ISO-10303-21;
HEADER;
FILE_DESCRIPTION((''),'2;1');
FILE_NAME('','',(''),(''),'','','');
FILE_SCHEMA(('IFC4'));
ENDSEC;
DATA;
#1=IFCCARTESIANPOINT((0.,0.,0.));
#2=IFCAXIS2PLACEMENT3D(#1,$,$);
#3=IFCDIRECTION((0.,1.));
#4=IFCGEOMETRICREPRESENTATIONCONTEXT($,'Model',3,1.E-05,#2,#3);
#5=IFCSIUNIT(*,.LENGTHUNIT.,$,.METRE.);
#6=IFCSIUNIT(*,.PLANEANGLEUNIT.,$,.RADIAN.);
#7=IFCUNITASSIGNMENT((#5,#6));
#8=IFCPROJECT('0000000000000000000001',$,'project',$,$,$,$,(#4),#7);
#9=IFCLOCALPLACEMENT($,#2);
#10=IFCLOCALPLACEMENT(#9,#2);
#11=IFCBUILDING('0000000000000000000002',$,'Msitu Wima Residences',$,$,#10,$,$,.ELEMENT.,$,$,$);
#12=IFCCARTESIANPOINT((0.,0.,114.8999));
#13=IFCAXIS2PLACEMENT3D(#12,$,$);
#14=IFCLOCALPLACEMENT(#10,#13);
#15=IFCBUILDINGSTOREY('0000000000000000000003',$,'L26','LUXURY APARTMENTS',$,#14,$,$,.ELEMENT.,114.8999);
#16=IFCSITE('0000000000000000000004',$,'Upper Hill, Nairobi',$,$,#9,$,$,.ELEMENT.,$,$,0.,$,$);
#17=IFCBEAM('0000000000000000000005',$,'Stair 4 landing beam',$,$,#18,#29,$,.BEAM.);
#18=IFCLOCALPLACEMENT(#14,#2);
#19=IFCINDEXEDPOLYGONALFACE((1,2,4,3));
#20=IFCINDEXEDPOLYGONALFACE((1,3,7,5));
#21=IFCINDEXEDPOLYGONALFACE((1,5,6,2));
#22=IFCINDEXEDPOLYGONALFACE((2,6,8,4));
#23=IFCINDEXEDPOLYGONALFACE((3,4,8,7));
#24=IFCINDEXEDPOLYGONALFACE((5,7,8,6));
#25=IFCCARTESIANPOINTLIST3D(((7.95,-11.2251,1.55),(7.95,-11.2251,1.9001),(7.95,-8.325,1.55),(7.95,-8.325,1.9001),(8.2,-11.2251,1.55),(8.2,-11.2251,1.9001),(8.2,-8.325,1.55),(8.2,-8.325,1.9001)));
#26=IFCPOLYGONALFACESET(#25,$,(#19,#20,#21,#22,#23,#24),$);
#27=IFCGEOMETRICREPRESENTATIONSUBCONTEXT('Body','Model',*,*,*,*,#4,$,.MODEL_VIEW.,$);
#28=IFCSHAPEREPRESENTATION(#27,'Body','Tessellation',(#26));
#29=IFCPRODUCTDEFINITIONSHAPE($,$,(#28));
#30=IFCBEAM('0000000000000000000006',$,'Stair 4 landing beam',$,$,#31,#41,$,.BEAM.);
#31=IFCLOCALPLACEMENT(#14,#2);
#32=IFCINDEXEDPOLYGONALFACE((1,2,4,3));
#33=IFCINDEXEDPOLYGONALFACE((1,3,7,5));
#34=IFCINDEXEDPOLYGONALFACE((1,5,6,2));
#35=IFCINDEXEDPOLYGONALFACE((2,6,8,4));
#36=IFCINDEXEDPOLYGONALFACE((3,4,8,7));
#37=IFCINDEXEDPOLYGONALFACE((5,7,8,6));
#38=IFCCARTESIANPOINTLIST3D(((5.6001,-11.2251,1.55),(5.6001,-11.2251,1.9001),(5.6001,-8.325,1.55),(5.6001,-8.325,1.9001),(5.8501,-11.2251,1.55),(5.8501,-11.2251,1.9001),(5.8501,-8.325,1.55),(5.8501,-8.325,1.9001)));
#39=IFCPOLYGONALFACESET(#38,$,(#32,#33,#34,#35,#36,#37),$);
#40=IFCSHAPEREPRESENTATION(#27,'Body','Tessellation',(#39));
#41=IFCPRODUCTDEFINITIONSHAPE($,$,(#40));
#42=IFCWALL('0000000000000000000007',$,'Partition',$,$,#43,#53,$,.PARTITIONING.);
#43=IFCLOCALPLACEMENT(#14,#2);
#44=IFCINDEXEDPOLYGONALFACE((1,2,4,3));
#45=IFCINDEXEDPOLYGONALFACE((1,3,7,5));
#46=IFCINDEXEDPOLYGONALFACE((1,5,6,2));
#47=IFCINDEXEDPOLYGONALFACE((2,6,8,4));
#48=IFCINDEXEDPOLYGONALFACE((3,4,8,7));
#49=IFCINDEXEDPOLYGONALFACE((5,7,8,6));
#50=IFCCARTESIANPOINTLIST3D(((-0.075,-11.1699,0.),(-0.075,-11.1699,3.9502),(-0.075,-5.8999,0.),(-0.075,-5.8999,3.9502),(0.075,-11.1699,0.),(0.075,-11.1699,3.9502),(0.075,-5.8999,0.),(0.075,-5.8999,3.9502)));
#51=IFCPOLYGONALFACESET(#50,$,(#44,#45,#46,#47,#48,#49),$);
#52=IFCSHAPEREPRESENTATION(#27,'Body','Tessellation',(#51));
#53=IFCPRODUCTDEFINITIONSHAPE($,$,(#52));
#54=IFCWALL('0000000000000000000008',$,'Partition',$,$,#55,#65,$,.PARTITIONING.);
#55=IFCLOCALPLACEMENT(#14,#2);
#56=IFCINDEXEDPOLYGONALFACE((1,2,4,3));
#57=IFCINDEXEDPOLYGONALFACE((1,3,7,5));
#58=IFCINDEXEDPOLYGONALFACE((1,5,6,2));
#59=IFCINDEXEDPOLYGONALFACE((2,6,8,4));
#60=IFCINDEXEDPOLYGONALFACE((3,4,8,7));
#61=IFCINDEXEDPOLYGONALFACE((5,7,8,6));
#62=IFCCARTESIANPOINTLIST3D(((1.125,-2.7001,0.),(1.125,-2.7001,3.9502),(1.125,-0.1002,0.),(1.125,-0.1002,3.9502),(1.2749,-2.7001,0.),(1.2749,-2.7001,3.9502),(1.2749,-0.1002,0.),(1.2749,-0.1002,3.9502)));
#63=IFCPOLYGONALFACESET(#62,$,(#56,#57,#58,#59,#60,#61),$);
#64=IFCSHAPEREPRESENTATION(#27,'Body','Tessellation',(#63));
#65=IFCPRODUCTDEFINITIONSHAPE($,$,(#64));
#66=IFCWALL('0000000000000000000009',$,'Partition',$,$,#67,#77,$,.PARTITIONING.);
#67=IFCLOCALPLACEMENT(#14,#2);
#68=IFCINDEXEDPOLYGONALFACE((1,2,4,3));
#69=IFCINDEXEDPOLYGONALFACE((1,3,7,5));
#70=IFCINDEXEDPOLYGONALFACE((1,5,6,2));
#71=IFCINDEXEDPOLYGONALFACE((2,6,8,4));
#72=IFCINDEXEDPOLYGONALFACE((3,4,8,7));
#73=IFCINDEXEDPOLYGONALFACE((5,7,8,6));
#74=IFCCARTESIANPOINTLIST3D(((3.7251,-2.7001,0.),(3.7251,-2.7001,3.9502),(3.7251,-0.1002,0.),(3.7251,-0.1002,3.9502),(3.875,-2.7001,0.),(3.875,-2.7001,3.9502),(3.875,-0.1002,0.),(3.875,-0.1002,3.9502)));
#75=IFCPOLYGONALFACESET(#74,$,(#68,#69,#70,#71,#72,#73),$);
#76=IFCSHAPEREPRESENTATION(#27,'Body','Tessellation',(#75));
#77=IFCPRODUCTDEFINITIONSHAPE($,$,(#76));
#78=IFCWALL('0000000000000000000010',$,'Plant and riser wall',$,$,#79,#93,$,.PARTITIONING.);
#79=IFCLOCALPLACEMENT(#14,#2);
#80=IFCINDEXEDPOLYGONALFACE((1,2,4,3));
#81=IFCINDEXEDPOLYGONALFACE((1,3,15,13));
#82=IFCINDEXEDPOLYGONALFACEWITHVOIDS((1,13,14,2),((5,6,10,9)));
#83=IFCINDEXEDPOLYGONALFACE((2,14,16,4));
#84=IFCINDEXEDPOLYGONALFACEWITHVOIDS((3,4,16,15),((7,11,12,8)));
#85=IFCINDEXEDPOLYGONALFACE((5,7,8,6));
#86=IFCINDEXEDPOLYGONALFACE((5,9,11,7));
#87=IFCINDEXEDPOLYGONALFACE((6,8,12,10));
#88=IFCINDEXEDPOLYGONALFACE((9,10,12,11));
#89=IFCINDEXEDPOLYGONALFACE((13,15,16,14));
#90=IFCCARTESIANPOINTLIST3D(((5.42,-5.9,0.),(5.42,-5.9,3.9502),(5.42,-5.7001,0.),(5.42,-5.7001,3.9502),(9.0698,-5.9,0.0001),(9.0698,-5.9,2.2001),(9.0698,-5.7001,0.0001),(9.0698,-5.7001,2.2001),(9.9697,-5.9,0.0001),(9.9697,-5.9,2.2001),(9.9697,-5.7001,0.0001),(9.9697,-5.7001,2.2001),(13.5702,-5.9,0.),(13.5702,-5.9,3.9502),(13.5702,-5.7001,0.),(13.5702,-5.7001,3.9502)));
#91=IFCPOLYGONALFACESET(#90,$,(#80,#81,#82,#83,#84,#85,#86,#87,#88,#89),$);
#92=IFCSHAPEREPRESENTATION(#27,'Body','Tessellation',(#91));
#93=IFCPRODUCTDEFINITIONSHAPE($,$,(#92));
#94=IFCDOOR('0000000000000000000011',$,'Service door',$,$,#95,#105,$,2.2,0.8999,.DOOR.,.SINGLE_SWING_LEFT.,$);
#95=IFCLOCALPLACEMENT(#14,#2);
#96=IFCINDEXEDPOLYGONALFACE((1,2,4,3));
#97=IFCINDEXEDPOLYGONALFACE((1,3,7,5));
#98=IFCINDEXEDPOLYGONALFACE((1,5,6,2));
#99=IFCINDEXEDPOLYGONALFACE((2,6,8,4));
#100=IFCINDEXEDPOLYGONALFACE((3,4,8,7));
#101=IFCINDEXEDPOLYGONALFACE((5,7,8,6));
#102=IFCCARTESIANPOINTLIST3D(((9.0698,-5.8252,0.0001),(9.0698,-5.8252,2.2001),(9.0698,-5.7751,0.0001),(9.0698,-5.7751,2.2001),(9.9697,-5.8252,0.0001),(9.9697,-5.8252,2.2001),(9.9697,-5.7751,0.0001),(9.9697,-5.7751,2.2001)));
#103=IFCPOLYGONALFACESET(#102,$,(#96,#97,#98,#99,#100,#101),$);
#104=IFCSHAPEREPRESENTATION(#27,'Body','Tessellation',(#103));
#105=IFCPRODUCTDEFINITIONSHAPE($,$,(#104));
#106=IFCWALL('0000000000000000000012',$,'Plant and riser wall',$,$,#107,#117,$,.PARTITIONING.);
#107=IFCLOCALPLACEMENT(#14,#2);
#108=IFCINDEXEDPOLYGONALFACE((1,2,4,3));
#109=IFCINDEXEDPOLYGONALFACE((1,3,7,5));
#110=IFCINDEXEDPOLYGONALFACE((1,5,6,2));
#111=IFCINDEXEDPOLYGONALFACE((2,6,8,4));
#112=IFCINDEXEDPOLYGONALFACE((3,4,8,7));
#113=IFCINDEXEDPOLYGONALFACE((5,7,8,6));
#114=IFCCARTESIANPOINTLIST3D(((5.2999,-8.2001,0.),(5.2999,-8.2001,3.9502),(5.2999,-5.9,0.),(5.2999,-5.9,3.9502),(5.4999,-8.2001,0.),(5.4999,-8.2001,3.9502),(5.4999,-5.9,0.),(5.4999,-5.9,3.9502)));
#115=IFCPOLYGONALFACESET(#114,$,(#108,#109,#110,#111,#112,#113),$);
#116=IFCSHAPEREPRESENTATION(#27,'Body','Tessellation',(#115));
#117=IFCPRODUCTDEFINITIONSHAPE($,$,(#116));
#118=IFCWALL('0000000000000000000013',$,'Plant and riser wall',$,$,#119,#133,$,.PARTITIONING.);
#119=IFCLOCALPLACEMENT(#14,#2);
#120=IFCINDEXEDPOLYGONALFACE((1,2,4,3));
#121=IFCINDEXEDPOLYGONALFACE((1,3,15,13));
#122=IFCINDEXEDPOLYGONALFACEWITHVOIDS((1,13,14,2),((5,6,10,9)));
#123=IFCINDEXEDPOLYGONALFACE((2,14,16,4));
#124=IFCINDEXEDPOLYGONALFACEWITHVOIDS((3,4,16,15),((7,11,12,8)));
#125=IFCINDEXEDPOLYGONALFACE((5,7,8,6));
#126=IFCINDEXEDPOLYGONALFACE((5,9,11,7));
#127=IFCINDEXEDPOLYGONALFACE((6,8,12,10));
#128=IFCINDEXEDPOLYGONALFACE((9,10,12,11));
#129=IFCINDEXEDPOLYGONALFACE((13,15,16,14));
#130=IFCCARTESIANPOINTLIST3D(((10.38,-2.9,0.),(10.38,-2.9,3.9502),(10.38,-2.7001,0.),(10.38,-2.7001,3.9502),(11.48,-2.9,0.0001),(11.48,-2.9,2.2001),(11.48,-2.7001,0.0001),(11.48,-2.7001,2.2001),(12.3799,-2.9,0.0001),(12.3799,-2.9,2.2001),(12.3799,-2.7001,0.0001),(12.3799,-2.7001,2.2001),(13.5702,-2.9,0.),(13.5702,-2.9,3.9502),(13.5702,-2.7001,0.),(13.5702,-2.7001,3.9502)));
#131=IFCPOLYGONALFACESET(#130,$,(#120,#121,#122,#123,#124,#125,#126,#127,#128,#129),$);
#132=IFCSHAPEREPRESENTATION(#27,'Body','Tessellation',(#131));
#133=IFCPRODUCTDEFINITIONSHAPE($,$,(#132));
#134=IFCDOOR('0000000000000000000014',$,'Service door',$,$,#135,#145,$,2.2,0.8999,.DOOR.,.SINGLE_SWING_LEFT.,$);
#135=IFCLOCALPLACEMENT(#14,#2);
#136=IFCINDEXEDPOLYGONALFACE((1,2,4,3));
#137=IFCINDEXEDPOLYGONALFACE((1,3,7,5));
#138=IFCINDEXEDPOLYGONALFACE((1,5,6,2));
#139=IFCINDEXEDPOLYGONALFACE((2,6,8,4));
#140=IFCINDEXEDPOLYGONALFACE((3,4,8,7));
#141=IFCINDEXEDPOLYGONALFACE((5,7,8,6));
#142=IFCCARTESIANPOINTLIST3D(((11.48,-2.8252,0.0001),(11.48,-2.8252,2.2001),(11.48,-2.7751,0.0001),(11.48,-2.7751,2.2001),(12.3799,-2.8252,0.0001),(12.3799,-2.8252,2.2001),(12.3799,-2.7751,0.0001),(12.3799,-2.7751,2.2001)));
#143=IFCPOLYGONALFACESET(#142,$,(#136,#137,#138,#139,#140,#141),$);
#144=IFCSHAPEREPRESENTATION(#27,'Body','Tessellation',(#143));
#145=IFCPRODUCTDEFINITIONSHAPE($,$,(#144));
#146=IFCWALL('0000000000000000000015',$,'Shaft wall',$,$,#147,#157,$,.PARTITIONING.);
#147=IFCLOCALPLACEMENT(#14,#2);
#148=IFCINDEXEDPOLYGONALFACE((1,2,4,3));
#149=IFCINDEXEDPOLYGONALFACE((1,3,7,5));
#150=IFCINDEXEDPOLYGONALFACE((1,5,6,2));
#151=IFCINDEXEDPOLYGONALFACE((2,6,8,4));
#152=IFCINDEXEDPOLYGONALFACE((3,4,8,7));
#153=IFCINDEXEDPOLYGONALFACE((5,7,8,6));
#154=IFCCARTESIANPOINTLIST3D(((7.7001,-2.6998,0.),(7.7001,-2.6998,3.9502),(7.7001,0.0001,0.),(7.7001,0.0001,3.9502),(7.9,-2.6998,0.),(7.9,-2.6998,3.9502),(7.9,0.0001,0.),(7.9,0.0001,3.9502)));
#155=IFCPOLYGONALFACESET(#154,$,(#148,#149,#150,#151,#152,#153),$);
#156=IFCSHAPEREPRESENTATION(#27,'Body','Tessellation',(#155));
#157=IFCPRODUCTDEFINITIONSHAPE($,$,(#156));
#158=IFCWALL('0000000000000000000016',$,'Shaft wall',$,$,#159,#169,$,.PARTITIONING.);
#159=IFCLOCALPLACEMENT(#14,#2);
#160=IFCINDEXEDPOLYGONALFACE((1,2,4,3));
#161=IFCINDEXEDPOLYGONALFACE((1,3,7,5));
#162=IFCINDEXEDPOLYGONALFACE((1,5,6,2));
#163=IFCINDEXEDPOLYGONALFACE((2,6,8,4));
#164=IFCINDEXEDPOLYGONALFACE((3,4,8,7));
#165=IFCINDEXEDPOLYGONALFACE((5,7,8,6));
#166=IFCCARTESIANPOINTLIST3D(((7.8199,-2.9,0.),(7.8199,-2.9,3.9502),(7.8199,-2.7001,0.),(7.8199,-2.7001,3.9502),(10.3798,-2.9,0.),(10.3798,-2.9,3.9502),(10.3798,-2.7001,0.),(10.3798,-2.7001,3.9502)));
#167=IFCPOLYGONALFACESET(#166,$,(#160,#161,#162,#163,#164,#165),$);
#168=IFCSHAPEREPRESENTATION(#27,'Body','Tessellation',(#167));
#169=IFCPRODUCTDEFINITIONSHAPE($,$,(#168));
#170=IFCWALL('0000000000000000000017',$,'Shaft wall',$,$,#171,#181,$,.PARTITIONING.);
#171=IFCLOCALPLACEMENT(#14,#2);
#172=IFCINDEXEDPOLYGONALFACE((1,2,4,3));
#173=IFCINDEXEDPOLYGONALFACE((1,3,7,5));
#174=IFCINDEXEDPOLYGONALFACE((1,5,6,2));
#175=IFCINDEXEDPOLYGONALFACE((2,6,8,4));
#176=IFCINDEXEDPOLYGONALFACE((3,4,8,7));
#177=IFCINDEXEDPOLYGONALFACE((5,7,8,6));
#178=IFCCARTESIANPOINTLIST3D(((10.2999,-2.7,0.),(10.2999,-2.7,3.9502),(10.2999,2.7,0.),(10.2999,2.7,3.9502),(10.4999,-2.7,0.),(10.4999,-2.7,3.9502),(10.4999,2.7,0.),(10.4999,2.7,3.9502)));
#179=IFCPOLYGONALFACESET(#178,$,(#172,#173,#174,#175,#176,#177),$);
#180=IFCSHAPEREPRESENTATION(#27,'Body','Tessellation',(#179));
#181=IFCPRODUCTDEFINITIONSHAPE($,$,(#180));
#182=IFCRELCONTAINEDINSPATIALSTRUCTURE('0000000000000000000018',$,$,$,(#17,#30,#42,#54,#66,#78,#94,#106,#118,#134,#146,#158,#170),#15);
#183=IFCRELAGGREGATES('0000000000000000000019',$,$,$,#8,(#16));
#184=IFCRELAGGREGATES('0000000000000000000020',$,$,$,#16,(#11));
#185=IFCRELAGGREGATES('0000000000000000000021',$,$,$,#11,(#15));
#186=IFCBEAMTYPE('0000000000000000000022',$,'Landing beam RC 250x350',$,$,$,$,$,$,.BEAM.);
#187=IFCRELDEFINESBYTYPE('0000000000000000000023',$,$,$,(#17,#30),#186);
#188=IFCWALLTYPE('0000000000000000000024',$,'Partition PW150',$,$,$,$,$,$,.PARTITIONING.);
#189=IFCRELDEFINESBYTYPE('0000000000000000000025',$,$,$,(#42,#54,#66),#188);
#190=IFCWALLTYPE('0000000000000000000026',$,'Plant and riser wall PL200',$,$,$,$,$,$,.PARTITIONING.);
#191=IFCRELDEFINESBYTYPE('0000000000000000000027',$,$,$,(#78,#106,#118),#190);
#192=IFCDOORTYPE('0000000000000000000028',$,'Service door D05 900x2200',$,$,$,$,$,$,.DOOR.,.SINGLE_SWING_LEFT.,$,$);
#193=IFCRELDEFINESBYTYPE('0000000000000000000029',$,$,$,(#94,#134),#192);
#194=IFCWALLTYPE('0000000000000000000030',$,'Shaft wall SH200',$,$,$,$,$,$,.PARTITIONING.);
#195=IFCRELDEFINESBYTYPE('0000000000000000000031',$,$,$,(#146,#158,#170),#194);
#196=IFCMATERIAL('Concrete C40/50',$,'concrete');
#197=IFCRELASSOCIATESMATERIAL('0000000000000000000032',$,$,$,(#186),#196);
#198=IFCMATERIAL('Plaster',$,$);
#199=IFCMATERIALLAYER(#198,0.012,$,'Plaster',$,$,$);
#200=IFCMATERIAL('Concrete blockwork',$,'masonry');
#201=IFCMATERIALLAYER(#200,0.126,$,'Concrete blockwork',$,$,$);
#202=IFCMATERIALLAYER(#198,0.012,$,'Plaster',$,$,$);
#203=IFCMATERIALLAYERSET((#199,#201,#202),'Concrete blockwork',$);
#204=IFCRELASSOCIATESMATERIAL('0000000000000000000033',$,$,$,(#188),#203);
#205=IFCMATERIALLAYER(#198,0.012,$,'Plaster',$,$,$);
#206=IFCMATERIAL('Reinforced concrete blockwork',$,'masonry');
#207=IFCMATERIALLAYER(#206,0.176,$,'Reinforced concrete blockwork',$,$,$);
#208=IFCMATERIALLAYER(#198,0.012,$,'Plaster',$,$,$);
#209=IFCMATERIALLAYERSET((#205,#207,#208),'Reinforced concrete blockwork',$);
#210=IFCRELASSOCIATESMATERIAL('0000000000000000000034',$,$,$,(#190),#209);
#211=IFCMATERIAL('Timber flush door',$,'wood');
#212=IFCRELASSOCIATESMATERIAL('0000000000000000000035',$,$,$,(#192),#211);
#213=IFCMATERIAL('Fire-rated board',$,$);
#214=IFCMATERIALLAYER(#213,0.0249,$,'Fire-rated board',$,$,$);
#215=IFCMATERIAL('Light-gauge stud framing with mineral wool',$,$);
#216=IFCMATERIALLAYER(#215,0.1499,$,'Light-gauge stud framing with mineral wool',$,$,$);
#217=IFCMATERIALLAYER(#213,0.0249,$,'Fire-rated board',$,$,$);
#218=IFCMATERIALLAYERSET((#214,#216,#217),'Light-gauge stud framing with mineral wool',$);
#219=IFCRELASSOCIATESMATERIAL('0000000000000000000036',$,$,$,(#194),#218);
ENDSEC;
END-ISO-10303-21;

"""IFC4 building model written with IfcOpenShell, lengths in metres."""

from ifc_helpers import new_model, si_unit, direction, frame, frame_2d, origin, origin_2d, place, context, subcontext, project, spatial, rectangle, extrude, material, layer, layer_set, material_profile, profile_set, type_object, element, fill, save


model = new_model("IFC4")

# Units and contexts
model_context = context("Model", 3, precision=1e-05, world=origin(), true_north=direction((0.0, 1.0)))
body_context = subcontext(model_context, "Body", "Model", "MODEL_VIEW")
ifc_project = project(units=[si_unit("LENGTHUNIT", "METRE"), si_unit("PLANEANGLEUNIT", "RADIAN")], contexts=[model_context])

# Site, building, storey
site_placement = place(None, origin())
site = spatial("IfcSite", under=ifc_project, at=site_placement, Name="Upper Hill, Nairobi", CompositionType="ELEMENT", RefElevation=0.0)
building_placement = place(site_placement, origin())
building = spatial("IfcBuilding", under=site, at=building_placement, Name="Msitu Wima Residences", CompositionType="ELEMENT")
storey_placement = place(building_placement, frame((0.0, 0.0, 114.8999)))
storey = spatial("IfcBuildingStorey", under=building, at=storey_placement, Name="L26", Description="LUXURY APARTMENTS", CompositionType="ELEMENT", Elevation=114.8999)

# Beams
ifc_material_1 = material(Name="Concrete C40/50", Category="concrete")
ifc_material_profile = material_profile(ifc_material_1, rectangle(XDim=0.25, YDim=0.3501, at=origin_2d()), Name="RC 250x350")
ifc_profile_set = profile_set([ifc_material_profile], Name="Concrete C40/50")
beam_type = type_object("IfcBeamType", Name="Landing beam RC 250x350", PredefinedType="BEAM", material=ifc_profile_set)
for number, where, z_axis, x_axis, name in (
    (1, (8.075, -11.2251, 1.7251), (0.0, 1.0, 0.0), (-1.0, 0.0, 0.0), "Stair 4 landing beam"),
    (2, (5.7251, -11.2251, 1.7251), (0.0, 1.0, 0.0), (-1.0, 0.0, 0.0), "Stair 4 landing beam"),
):
    element("IfcBeam", number, at=place(storey_placement, frame(where, z_axis=z_axis, x_axis=x_axis)), inside=storey, type_object=beam_type, Name=name, PredefinedType="BEAM", context=body_context, shape_type="SweptSolid", body=[
        extrude(rectangle(XDim=0.25, YDim=0.3501, at=origin_2d()), origin(), (0.0, 0.0, 1.0), 2.9001),
    ])

# Walls
ifc_material_2 = material(Name="Plaster")
ifc_layer_1 = layer(ifc_material_2, 0.012, Name="Plaster")
ifc_material_3 = material(Name="Concrete blockwork", Category="masonry")
ifc_layer_2 = layer(ifc_material_3, 0.126, Name="Concrete blockwork")
ifc_layer_3 = layer(ifc_material_2, 0.012, Name="Plaster")
ifc_layer_set_1 = layer_set([ifc_layer_1, ifc_layer_2, ifc_layer_3], Name="Concrete blockwork")
wall_type_1 = type_object("IfcWallType", Name="Partition PW150", PredefinedType="PARTITIONING", material=ifc_layer_set_1)
wall_1_placement = place(storey_placement, frame((0.0, -11.1699, 0.0), z_axis=(0.0, 0.0, 1.0), x_axis=(0.0, 1.0, 0.0)))
element("IfcWall", 3, at=wall_1_placement, inside=storey, type_object=wall_type_1, Name="Partition", PredefinedType="PARTITIONING", context=body_context, shape_type="SweptSolid", body=[
    extrude(rectangle(XDim=5.27, YDim=0.1499, at=frame_2d((2.635, 0.0))), origin(), (0.0, 0.0, 1.0), 3.9502),
])
for number, where, z_axis, x_axis, name in (
    (4, (1.2, -2.7, 0.0), (0.0, 0.0, 1.0), (0.0, 1.0, 0.0), "Partition"),
    (5, (3.8, -2.7, 0.0), (0.0, 0.0, 1.0), (0.0, 1.0, 0.0), "Partition"),
):
    element("IfcWall", number, at=place(storey_placement, frame(where, z_axis=z_axis, x_axis=x_axis)), inside=storey, type_object=wall_type_1, Name=name, PredefinedType="PARTITIONING", context=body_context, shape_type="SweptSolid", body=[
        extrude(rectangle(XDim=2.5999, YDim=0.1499, at=frame_2d((1.2998, 0.0))), origin(), (0.0, 0.0, 1.0), 3.9502),
    ])

# Wall, opening, door
ifc_layer_4 = layer(ifc_material_2, 0.012, Name="Plaster")
ifc_material_4 = material(Name="Reinforced concrete blockwork", Category="masonry")
ifc_layer_5 = layer(ifc_material_4, 0.176, Name="Reinforced concrete blockwork")
ifc_layer_6 = layer(ifc_material_2, 0.012, Name="Plaster")
ifc_layer_set_2 = layer_set([ifc_layer_4, ifc_layer_5, ifc_layer_6], Name="Reinforced concrete blockwork")
wall_type_2 = type_object("IfcWallType", Name="Plant and riser wall PL200", PredefinedType="PARTITIONING", material=ifc_layer_set_2)
wall_2_placement = place(storey_placement, frame((5.4199, -5.8, 0.0), z_axis=(0.0, 0.0, 1.0), x_axis=(1.0, 0.0, 0.0)))
wall_2 = element("IfcWall", 6, at=wall_2_placement, inside=storey, type_object=wall_type_2, Name="Plant and riser wall", PredefinedType="PARTITIONING", context=body_context, shape_type="SweptSolid", body=[
    extrude(rectangle(XDim=8.1501, YDim=0.2, at=frame_2d((4.0752, 0.0))), origin(), (0.0, 0.0, 1.0), 3.9502),
])
opening_1_placement = place(wall_2_placement, frame((3.6499, 0.0, 0.0)))
opening_1 = element("IfcOpeningElement", 7, at=opening_1_placement, cuts=wall_2, PredefinedType="OPENING", context=body_context, shape_type="SweptSolid", body=[
    extrude(rectangle(XDim=0.8999, YDim=2.2, at=frame_2d((0.45, 1.1001))), frame((0.0, 0.1099, 0.0), z_axis=(0.0, -1.0, 0.0), x_axis=(1.0, 0.0, 0.0)), (0.0, 0.0, 1.0), 0.22),
])
ifc_material_5 = material(Name="Timber flush door", Category="wood")
door_type = type_object("IfcDoorType", Name="Service door D05 900x2200", OperationType="SINGLE_SWING_LEFT", PredefinedType="DOOR", material=ifc_material_5)
door_1_placement = place(opening_1_placement, origin())
door_1 = element("IfcDoor", 8, at=door_1_placement, inside=storey, type_object=door_type, Name="Service door", OperationType="SINGLE_SWING_LEFT", OverallHeight=2.2, OverallWidth=0.8999, PredefinedType="DOOR", context=body_context, shape_type="SweptSolid", body=[
    extrude(rectangle(XDim=0.8999, YDim=2.2, at=frame_2d((0.45, 1.1001))), frame((0.0, 0.0249, 0.0), z_axis=(0.0, -1.0, 0.0), x_axis=(1.0, 0.0, 0.0)), (0.0, 0.0, 1.0), 0.05),
])
fill(opening_1, door_1)

# Wall
wall_3_placement = place(storey_placement, frame((5.3999, -8.2, 0.0), z_axis=(0.0, 0.0, 1.0), x_axis=(0.0, 1.0, 0.0)))
element("IfcWall", 9, at=wall_3_placement, inside=storey, type_object=wall_type_2, Name="Plant and riser wall", PredefinedType="PARTITIONING", context=body_context, shape_type="SweptSolid", body=[
    extrude(rectangle(XDim=2.3, YDim=0.2, at=frame_2d((1.1499, 0.0))), origin(), (0.0, 0.0, 1.0), 3.9502),
])

# Wall, opening, door
wall_4_placement = place(storey_placement, frame((10.3799, -2.8, 0.0), z_axis=(0.0, 0.0, 1.0), x_axis=(1.0, 0.0, 0.0)))
wall_4 = element("IfcWall", 10, at=wall_4_placement, inside=storey, type_object=wall_type_2, Name="Plant and riser wall", PredefinedType="PARTITIONING", context=body_context, shape_type="SweptSolid", body=[
    extrude(rectangle(XDim=3.1902, YDim=0.2, at=frame_2d((1.5952, 0.0))), origin(), (0.0, 0.0, 1.0), 3.9502),
])
opening_2_placement = place(wall_4_placement, frame((1.1001, 0.0, 0.0)))
opening_2 = element("IfcOpeningElement", 11, at=opening_2_placement, cuts=wall_4, PredefinedType="OPENING", context=body_context, shape_type="SweptSolid", body=[
    extrude(rectangle(XDim=0.8999, YDim=2.2, at=frame_2d((0.45, 1.1001))), frame((0.0, 0.1099, 0.0), z_axis=(0.0, -1.0, 0.0), x_axis=(1.0, 0.0, 0.0)), (0.0, 0.0, 1.0), 0.22),
])
door_2_placement = place(opening_2_placement, origin())
door_2 = element("IfcDoor", 12, at=door_2_placement, inside=storey, type_object=door_type, Name="Service door", OperationType="SINGLE_SWING_LEFT", OverallHeight=2.2, OverallWidth=0.8999, PredefinedType="DOOR", context=body_context, shape_type="SweptSolid", body=[
    extrude(rectangle(XDim=0.8999, YDim=2.2, at=frame_2d((0.45, 1.1001))), frame((0.0, 0.0249, 0.0), z_axis=(0.0, -1.0, 0.0), x_axis=(1.0, 0.0, 0.0)), (0.0, 0.0, 1.0), 0.05),
])
fill(opening_2, door_2)

# Walls
ifc_material_6 = material(Name="Fire-rated board")
ifc_layer_7 = layer(ifc_material_6, 0.0249, Name="Fire-rated board")
ifc_material_7 = material(Name="Light-gauge stud framing with mineral wool")
ifc_layer_8 = layer(ifc_material_7, 0.1499, Name="Light-gauge stud framing with mineral wool")
ifc_layer_9 = layer(ifc_material_6, 0.0249, Name="Fire-rated board")
ifc_layer_set_3 = layer_set([ifc_layer_7, ifc_layer_8, ifc_layer_9], Name="Light-gauge stud framing with mineral wool")
wall_type_3 = type_object("IfcWallType", Name="Shaft wall SH200", PredefinedType="PARTITIONING", material=ifc_layer_set_3)
wall_5_placement = place(storey_placement, frame((7.8, -2.7, 0.0), z_axis=(0.0, 0.0, 1.0), x_axis=(0.0, 1.0, 0.0)))
element("IfcWall", 13, at=wall_5_placement, inside=storey, type_object=wall_type_3, Name="Shaft wall", PredefinedType="PARTITIONING", context=body_context, shape_type="SweptSolid", body=[
    extrude(rectangle(XDim=2.7, YDim=0.2, at=frame_2d((1.3501, 0.0))), origin(), (0.0, 0.0, 1.0), 3.9502),
])
wall_6_placement = place(storey_placement, frame((7.8201, -2.8, 0.0), z_axis=(0.0, 0.0, 1.0), x_axis=(1.0, 0.0, 0.0)))
element("IfcWall", 14, at=wall_6_placement, inside=storey, type_object=wall_type_3, Name="Shaft wall", PredefinedType="PARTITIONING", context=body_context, shape_type="SweptSolid", body=[
    extrude(rectangle(XDim=2.5598, YDim=0.2, at=frame_2d((1.2798, 0.0))), origin(), (0.0, 0.0, 1.0), 3.9502),
])
wall_7_placement = place(storey_placement, frame((10.3999, -2.7, 0.0), z_axis=(0.0, 0.0, 1.0), x_axis=(0.0, 1.0, 0.0)))
element("IfcWall", 15, at=wall_7_placement, inside=storey, type_object=wall_type_3, Name="Shaft wall", PredefinedType="PARTITIONING", context=body_context, shape_type="SweptSolid", body=[
    extrude(rectangle(XDim=5.3999, YDim=0.2, at=frame_2d((2.7, 0.0))), origin(), (0.0, 0.0, 1.0), 3.9502),
])

save(model, "model.ifc")
